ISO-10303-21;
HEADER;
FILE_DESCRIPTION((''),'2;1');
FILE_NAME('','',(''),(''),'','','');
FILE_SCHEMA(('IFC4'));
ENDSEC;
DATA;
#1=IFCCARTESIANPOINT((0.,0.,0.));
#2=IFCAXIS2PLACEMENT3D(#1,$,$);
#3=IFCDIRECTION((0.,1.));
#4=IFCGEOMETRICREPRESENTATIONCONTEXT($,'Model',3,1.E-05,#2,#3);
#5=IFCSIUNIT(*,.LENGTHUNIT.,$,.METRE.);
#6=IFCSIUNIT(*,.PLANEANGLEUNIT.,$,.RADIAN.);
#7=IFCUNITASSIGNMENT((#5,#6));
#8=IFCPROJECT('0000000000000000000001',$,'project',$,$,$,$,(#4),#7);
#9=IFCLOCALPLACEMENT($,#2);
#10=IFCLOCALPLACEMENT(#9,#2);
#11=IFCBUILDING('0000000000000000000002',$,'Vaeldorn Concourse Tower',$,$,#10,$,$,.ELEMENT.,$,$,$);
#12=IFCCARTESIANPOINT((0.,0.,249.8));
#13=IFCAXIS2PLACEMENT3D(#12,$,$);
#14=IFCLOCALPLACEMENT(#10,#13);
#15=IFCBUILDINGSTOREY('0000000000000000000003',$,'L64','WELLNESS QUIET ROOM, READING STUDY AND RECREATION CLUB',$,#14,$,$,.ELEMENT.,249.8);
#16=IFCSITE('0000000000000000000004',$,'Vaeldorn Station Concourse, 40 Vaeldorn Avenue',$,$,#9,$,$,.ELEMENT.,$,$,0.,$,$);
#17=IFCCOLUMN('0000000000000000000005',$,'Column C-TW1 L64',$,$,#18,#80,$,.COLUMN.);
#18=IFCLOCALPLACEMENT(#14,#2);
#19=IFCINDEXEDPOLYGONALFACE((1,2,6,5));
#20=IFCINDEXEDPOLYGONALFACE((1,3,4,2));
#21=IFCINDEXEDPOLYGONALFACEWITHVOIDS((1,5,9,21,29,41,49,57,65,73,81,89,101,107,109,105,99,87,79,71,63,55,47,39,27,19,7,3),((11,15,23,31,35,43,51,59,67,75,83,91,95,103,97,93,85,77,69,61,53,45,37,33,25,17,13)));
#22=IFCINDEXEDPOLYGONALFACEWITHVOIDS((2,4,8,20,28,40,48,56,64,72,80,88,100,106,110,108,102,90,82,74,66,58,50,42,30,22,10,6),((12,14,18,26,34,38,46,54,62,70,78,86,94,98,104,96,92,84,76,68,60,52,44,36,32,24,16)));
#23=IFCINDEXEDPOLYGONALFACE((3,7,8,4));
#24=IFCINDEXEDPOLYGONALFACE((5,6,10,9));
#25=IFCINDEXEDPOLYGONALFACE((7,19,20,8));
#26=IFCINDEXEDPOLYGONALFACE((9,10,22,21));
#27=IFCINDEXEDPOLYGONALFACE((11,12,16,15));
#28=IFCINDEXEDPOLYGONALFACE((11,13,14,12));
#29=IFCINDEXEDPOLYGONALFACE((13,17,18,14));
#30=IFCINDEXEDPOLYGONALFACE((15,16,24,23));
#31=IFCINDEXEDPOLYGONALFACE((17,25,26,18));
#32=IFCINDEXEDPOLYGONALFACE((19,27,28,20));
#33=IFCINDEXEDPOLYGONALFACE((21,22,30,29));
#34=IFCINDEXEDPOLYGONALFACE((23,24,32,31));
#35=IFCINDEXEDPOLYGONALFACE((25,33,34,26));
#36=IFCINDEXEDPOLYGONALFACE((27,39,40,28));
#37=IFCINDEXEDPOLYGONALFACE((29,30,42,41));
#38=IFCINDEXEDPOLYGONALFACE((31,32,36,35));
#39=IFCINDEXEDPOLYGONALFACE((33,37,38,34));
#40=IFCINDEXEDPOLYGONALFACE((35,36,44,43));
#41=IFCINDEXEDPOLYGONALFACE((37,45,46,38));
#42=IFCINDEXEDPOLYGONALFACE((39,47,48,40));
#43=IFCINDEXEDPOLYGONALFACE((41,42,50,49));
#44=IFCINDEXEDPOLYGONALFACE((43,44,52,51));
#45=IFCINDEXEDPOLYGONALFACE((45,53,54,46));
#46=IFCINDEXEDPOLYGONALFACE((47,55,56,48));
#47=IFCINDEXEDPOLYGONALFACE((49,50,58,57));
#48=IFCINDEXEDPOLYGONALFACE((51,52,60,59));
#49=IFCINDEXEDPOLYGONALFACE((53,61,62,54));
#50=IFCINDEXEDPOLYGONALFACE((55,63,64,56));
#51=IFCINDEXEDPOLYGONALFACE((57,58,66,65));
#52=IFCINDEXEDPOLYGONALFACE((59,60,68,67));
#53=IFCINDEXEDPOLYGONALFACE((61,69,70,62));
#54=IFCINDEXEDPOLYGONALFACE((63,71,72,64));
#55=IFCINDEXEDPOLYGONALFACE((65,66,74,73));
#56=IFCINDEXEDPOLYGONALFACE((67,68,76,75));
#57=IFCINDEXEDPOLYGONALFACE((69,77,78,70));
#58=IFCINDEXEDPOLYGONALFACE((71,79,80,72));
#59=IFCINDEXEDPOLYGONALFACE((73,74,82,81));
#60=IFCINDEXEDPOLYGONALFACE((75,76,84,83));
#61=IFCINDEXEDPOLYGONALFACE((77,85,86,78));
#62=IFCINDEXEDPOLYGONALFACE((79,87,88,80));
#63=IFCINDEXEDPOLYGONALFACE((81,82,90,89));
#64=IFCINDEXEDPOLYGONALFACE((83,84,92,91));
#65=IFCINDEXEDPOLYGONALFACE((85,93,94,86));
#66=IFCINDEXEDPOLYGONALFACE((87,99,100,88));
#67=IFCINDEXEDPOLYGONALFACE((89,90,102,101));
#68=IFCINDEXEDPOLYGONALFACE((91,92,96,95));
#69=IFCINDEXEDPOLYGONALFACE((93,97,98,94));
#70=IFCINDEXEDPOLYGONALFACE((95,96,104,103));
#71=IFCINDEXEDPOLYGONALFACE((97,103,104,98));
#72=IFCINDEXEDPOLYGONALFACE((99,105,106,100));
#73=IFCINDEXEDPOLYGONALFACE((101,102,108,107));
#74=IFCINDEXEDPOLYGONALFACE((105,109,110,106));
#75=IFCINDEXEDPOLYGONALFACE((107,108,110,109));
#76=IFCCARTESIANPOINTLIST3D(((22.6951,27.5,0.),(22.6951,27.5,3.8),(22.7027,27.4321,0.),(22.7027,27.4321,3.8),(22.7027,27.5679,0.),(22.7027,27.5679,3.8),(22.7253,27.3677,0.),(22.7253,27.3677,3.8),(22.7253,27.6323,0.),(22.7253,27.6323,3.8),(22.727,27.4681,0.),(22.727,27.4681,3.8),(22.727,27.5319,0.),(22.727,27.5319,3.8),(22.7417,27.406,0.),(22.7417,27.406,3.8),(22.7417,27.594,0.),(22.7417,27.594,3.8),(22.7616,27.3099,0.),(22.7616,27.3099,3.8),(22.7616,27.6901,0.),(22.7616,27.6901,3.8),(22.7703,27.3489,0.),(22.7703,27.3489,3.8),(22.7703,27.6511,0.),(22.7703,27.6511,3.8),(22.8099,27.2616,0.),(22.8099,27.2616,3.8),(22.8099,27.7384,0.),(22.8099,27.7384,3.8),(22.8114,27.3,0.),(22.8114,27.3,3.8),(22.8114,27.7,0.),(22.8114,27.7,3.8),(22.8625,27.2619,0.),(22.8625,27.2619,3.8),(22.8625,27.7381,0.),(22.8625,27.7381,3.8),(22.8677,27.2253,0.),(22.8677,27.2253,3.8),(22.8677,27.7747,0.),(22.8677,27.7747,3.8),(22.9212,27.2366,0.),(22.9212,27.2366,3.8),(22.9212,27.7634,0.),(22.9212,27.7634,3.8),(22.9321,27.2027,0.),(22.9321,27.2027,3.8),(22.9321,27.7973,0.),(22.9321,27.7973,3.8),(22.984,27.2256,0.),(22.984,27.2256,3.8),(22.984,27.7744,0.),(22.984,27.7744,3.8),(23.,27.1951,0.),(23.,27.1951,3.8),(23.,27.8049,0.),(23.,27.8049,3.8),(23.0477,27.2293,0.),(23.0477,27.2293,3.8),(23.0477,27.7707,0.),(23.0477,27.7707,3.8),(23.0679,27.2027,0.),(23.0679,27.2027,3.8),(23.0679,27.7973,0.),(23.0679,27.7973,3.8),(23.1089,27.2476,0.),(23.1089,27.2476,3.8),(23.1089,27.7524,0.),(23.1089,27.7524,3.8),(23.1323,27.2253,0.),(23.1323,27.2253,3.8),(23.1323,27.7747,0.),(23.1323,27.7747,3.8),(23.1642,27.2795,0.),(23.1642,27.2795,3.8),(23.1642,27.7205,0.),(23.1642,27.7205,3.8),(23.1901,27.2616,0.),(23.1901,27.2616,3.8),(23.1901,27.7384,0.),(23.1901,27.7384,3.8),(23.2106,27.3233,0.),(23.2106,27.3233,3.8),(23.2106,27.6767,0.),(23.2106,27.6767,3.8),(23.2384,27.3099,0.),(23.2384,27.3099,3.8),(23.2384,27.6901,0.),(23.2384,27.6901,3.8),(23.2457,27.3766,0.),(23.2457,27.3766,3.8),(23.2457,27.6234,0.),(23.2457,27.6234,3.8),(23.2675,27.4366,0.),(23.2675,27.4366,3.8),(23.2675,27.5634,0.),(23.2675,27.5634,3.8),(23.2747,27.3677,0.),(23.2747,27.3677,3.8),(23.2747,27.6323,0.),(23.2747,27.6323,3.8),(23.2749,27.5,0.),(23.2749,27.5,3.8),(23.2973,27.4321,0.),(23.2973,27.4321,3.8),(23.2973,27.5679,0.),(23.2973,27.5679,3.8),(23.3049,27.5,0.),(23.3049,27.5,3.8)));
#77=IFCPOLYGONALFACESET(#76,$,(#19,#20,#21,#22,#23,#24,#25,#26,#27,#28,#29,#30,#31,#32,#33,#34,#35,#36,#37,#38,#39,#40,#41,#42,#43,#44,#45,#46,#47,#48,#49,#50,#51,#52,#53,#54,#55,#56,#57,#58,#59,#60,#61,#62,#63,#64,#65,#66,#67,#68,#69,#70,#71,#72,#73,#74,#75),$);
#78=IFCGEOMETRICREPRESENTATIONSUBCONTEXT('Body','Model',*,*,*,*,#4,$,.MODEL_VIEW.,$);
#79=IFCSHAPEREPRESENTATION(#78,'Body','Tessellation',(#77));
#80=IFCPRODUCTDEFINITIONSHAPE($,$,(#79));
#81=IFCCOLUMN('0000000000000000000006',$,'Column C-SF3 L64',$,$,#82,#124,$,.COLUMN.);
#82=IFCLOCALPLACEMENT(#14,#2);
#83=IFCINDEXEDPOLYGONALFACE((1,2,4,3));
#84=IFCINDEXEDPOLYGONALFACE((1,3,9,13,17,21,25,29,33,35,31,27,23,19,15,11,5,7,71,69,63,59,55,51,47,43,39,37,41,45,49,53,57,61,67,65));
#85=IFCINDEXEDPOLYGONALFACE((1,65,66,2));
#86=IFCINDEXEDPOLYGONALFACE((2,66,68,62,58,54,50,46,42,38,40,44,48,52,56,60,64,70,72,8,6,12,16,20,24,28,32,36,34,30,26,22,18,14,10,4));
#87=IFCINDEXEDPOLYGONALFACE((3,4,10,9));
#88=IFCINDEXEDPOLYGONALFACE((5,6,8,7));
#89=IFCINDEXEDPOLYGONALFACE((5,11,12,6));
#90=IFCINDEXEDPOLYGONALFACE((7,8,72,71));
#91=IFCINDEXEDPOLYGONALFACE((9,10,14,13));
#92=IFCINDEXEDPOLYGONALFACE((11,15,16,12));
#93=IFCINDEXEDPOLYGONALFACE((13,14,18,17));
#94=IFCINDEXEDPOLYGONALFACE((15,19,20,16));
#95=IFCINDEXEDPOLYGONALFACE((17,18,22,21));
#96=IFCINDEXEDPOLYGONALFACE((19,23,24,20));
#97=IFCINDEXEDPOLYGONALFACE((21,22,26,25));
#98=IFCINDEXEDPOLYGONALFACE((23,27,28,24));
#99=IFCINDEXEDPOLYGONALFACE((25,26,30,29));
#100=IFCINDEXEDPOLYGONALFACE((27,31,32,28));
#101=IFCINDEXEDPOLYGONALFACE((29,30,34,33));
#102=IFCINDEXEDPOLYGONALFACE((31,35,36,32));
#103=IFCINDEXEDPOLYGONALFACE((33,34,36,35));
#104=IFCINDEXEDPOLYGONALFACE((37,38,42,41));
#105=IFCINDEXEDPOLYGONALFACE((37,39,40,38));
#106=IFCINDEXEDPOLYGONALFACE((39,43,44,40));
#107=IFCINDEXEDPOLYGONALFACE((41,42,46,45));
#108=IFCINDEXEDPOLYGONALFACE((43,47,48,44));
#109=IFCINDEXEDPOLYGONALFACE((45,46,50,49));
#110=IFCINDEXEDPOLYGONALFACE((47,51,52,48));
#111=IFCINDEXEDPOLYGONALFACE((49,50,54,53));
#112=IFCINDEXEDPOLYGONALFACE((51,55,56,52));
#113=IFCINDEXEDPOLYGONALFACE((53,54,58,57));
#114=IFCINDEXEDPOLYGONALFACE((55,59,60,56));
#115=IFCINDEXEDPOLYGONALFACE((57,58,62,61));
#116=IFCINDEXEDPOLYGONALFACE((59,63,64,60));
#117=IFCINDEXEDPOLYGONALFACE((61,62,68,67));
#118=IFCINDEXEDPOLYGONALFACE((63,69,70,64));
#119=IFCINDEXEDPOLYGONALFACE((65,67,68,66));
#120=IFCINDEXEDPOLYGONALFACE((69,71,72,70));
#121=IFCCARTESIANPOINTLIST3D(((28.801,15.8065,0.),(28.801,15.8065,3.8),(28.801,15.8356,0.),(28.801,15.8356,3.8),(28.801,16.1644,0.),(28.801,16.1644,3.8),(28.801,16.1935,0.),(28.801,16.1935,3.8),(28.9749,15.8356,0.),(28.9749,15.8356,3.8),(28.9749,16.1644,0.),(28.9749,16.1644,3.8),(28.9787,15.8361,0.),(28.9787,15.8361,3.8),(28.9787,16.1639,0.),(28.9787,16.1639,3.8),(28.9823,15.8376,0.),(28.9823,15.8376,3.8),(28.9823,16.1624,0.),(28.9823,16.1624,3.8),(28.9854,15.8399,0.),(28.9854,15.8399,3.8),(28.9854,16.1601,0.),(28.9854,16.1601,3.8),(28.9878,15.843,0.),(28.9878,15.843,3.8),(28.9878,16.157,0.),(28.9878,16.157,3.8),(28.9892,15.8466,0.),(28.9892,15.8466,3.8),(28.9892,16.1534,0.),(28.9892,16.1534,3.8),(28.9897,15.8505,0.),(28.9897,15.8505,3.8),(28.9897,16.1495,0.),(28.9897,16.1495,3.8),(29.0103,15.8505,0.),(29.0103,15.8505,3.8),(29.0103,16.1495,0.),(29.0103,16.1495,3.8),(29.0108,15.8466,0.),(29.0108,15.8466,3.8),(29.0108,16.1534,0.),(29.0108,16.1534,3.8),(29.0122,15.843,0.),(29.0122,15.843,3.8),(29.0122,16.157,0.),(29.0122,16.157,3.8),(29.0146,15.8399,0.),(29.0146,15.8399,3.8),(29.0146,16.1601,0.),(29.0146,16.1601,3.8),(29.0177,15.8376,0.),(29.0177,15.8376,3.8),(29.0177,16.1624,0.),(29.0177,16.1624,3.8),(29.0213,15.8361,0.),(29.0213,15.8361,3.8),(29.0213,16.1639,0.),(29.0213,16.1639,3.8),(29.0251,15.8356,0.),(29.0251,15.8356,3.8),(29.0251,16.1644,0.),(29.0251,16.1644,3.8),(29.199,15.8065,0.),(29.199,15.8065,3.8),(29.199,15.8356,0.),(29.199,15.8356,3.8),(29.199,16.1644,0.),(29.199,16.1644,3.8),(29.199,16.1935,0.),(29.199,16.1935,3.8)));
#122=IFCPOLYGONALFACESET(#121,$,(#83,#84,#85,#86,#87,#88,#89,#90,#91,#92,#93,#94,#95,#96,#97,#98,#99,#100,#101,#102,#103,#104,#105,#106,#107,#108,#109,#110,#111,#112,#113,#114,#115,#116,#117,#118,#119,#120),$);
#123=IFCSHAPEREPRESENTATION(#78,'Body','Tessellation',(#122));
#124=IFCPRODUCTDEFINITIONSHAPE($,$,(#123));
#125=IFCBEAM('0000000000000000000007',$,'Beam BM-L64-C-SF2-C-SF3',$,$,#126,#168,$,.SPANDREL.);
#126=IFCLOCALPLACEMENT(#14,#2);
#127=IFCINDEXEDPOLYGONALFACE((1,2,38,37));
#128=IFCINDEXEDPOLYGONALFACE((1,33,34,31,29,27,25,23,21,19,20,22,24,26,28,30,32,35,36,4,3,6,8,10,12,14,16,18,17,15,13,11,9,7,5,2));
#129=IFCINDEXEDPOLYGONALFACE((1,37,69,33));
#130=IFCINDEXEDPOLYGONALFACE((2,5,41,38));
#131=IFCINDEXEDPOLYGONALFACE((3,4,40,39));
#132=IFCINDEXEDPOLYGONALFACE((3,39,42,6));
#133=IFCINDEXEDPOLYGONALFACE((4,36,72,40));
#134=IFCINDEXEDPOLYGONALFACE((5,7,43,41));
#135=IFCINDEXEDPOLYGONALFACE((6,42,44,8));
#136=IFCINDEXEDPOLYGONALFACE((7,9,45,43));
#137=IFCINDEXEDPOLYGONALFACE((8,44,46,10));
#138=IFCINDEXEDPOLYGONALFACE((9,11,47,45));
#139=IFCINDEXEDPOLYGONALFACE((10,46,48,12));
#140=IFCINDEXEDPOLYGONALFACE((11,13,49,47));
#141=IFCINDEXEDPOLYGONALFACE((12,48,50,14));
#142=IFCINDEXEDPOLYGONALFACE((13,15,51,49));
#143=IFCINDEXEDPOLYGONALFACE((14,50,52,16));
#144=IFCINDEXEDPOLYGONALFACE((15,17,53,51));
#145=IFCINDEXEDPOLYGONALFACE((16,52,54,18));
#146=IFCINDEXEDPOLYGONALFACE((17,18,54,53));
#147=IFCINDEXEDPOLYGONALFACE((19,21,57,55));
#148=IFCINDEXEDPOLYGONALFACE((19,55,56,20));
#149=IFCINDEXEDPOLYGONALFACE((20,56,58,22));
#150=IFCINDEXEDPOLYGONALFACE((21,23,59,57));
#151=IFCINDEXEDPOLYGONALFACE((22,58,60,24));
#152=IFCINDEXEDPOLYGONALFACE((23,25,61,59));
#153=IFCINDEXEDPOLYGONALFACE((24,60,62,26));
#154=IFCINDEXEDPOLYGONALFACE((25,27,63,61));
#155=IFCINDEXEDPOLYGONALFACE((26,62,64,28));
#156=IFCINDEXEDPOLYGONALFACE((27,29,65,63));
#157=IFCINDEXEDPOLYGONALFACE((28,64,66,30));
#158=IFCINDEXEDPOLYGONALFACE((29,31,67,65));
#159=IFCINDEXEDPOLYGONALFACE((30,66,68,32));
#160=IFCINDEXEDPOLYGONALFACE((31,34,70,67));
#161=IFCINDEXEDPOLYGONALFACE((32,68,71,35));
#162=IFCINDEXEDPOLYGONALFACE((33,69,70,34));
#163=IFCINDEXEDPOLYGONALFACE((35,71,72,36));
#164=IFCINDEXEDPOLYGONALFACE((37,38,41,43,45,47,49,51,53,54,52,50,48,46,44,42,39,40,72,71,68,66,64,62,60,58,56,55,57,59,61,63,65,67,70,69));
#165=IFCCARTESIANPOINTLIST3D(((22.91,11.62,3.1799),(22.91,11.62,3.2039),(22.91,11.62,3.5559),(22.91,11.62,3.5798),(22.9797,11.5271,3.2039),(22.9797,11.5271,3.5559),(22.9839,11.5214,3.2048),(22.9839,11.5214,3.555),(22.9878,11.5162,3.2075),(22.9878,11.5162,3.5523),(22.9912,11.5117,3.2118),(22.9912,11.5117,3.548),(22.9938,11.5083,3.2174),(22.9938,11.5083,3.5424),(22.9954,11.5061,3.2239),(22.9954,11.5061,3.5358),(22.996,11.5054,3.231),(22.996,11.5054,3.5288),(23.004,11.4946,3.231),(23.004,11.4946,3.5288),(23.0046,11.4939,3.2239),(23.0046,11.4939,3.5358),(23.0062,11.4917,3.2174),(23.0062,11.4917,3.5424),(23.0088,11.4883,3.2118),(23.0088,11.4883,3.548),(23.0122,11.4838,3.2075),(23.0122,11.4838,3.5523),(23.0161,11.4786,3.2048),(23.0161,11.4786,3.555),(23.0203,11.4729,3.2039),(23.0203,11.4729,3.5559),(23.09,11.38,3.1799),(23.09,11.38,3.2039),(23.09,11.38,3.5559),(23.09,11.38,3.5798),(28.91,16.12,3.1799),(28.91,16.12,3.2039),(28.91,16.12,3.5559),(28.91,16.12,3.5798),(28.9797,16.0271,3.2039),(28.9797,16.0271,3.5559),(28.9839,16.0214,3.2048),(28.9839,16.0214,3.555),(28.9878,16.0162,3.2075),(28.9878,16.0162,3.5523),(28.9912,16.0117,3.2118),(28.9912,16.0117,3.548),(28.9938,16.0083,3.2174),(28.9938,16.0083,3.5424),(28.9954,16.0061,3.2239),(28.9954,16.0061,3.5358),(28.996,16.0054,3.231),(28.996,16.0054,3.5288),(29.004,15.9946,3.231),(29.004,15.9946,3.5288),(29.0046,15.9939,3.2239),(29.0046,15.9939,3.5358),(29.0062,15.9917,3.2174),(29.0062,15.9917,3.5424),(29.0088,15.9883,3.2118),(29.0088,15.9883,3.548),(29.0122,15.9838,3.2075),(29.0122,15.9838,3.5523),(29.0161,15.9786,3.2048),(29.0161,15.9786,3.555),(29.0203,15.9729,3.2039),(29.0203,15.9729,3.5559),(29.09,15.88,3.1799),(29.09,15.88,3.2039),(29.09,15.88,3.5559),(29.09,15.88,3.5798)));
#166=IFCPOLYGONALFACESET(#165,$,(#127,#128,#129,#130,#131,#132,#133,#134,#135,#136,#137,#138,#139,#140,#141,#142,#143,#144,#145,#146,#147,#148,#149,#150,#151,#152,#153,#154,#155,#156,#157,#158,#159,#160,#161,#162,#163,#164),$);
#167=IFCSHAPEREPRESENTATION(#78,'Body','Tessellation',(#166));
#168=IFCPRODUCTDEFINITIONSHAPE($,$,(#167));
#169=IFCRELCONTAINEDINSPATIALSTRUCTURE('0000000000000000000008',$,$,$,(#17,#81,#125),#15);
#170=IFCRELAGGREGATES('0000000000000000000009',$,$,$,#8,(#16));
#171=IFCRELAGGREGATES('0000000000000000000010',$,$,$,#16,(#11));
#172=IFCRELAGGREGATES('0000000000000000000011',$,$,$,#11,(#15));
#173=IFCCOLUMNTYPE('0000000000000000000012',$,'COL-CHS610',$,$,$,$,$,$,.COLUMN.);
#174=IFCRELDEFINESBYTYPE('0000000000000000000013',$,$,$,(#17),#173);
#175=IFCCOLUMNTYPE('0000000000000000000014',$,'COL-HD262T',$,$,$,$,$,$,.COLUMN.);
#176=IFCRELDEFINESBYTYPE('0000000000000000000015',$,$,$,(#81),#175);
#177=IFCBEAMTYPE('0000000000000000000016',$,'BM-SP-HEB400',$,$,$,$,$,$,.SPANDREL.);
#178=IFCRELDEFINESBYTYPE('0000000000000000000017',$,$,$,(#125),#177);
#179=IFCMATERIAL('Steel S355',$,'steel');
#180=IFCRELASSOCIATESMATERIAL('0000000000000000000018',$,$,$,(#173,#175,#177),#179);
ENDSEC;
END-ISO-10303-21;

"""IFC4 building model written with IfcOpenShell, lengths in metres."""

from ifc_helpers import new_model, si_unit, direction, frame, origin, origin_2d, place, context, subcontext, project, spatial, hollow_circle, i_section, extrude, source, transform, mapped, material, material_profile, profile_set, type_object, element, save


model = new_model("IFC4")

# Units and contexts
model_context = context("Model", 3, precision=1e-05, world=origin(), true_north=direction((0.0, 1.0)))
body_context = subcontext(model_context, "Body", "Model", "MODEL_VIEW")
ifc_project = project(units=[si_unit("LENGTHUNIT", "METRE"), si_unit("PLANEANGLEUNIT", "RADIAN")], contexts=[model_context])

# Site, building, storey
site_placement = place(None, origin())
site = spatial("IfcSite", under=ifc_project, at=site_placement, Name="Vaeldorn Station Concourse, 40 Vaeldorn Avenue", CompositionType="ELEMENT", RefElevation=0.0)
building_placement = place(site_placement, origin())
building = spatial("IfcBuilding", under=site, at=building_placement, Name="Vaeldorn Concourse Tower", CompositionType="ELEMENT")
storey_placement = place(building_placement, frame((0.0, 0.0, 249.8)))
storey = spatial("IfcBuildingStorey", under=building, at=storey_placement, Name="L64", Description="WELLNESS QUIET ROOM, READING STUDY AND RECREATION CLUB", CompositionType="ELEMENT", Elevation=249.8)

# Columns
ifc_material_1 = material(Name="Steel S355", Category="steel")
ifc_material_profile_1 = material_profile(ifc_material_1, hollow_circle(Radius=0.3049, WallThickness=0.03, at=origin_2d()), Name="CHS 610x30")
ifc_profile_set_1 = profile_set([ifc_material_profile_1], Name="Steel S355")
column_type_1 = type_object("IfcColumnType", Name="COL-CHS610", PredefinedType="COLUMN", material=ifc_profile_set_1)
shared_shape_1 = source(origin(), body_context, "Body", "SweptSolid", [
    extrude(hollow_circle(Radius=0.3049, WallThickness=0.03, at=origin_2d()), origin(), (0.0, 0.0, 1.0), 3.8),
])
column_1_placement = place(storey_placement, frame((23.0, 27.5, 0.0), z_axis=(0.0, 0.0, 1.0), x_axis=(1.0, 0.0, 0.0)))
element("IfcColumn", 1, at=column_1_placement, inside=storey, type_object=column_type_1, Name="Column C-TW1 L64", PredefinedType="COLUMN", context=body_context, shape_type="MappedRepresentation", body=[
    mapped(shared_shape_1, transform((0.0, 0.0, 0.0), scale=1.0)),
])
ifc_material_profile_2 = material_profile(ifc_material_1, i_section(OverallWidth=0.3979, OverallDepth=0.387, WebThickness=0.0205, FlangeThickness=0.0291, FilletRadius=0.0149, at=origin_2d()), Name="HD 400x262")
ifc_profile_set_2 = profile_set([ifc_material_profile_2], Name="Steel S355")
column_type_2 = type_object("IfcColumnType", Name="COL-HD262T", PredefinedType="COLUMN", material=ifc_profile_set_2)
shared_shape_2 = source(origin(), body_context, "Body", "SweptSolid", [
    extrude(i_section(OverallWidth=0.3979, OverallDepth=0.387, WebThickness=0.0205, FlangeThickness=0.0291, FilletRadius=0.0149, at=origin_2d()), origin(), (0.0, 0.0, 1.0), 3.8),
])
column_2_placement = place(storey_placement, frame((29.0, 16.0, 0.0), z_axis=(0.0, 0.0, 1.0), x_axis=(1.0, 0.0, 0.0)))
element("IfcColumn", 2, at=column_2_placement, inside=storey, type_object=column_type_2, Name="Column C-SF3 L64", PredefinedType="COLUMN", context=body_context, shape_type="MappedRepresentation", body=[
    mapped(shared_shape_2, transform((0.0, 0.0, 0.0), scale=1.0)),
])

# Beam
ifc_material_profile_3 = material_profile(ifc_material_1, i_section(OverallWidth=0.3, OverallDepth=0.3999, WebThickness=0.0134, FlangeThickness=0.0239, FilletRadius=0.0271, at=origin_2d()), Name="HEB 400")
ifc_profile_set_3 = profile_set([ifc_material_profile_3], Name="Steel S355")
beam_type_1 = type_object("IfcBeamType", Name="BM-SP-HEB400", PredefinedType="SPANDREL", material=ifc_profile_set_3)
shared_shape_3 = source(origin(), body_context, "Body", "SweptSolid", [
    extrude(i_section(OverallWidth=0.3, OverallDepth=0.3999, WebThickness=0.0134, FlangeThickness=0.0239, FilletRadius=0.0271, at=origin_2d()), origin(), (0.0, 0.0, 1.0), 7.5),
])
beam_1_placement = place(storey_placement, frame((23.0, 11.5, 3.3799), z_axis=(0.8, 0.6, 0.0), x_axis=(-0.6, 0.8, 0.0)))
element("IfcBeam", 3, at=beam_1_placement, inside=storey, type_object=beam_type_1, Name="Beam BM-L64-C-SF2-C-SF3", PredefinedType="SPANDREL", context=body_context, shape_type="MappedRepresentation", body=[
    mapped(shared_shape_3, transform((0.0, 0.0, 0.0), scale=1.0)),
])

save(model, "model.ifc")
